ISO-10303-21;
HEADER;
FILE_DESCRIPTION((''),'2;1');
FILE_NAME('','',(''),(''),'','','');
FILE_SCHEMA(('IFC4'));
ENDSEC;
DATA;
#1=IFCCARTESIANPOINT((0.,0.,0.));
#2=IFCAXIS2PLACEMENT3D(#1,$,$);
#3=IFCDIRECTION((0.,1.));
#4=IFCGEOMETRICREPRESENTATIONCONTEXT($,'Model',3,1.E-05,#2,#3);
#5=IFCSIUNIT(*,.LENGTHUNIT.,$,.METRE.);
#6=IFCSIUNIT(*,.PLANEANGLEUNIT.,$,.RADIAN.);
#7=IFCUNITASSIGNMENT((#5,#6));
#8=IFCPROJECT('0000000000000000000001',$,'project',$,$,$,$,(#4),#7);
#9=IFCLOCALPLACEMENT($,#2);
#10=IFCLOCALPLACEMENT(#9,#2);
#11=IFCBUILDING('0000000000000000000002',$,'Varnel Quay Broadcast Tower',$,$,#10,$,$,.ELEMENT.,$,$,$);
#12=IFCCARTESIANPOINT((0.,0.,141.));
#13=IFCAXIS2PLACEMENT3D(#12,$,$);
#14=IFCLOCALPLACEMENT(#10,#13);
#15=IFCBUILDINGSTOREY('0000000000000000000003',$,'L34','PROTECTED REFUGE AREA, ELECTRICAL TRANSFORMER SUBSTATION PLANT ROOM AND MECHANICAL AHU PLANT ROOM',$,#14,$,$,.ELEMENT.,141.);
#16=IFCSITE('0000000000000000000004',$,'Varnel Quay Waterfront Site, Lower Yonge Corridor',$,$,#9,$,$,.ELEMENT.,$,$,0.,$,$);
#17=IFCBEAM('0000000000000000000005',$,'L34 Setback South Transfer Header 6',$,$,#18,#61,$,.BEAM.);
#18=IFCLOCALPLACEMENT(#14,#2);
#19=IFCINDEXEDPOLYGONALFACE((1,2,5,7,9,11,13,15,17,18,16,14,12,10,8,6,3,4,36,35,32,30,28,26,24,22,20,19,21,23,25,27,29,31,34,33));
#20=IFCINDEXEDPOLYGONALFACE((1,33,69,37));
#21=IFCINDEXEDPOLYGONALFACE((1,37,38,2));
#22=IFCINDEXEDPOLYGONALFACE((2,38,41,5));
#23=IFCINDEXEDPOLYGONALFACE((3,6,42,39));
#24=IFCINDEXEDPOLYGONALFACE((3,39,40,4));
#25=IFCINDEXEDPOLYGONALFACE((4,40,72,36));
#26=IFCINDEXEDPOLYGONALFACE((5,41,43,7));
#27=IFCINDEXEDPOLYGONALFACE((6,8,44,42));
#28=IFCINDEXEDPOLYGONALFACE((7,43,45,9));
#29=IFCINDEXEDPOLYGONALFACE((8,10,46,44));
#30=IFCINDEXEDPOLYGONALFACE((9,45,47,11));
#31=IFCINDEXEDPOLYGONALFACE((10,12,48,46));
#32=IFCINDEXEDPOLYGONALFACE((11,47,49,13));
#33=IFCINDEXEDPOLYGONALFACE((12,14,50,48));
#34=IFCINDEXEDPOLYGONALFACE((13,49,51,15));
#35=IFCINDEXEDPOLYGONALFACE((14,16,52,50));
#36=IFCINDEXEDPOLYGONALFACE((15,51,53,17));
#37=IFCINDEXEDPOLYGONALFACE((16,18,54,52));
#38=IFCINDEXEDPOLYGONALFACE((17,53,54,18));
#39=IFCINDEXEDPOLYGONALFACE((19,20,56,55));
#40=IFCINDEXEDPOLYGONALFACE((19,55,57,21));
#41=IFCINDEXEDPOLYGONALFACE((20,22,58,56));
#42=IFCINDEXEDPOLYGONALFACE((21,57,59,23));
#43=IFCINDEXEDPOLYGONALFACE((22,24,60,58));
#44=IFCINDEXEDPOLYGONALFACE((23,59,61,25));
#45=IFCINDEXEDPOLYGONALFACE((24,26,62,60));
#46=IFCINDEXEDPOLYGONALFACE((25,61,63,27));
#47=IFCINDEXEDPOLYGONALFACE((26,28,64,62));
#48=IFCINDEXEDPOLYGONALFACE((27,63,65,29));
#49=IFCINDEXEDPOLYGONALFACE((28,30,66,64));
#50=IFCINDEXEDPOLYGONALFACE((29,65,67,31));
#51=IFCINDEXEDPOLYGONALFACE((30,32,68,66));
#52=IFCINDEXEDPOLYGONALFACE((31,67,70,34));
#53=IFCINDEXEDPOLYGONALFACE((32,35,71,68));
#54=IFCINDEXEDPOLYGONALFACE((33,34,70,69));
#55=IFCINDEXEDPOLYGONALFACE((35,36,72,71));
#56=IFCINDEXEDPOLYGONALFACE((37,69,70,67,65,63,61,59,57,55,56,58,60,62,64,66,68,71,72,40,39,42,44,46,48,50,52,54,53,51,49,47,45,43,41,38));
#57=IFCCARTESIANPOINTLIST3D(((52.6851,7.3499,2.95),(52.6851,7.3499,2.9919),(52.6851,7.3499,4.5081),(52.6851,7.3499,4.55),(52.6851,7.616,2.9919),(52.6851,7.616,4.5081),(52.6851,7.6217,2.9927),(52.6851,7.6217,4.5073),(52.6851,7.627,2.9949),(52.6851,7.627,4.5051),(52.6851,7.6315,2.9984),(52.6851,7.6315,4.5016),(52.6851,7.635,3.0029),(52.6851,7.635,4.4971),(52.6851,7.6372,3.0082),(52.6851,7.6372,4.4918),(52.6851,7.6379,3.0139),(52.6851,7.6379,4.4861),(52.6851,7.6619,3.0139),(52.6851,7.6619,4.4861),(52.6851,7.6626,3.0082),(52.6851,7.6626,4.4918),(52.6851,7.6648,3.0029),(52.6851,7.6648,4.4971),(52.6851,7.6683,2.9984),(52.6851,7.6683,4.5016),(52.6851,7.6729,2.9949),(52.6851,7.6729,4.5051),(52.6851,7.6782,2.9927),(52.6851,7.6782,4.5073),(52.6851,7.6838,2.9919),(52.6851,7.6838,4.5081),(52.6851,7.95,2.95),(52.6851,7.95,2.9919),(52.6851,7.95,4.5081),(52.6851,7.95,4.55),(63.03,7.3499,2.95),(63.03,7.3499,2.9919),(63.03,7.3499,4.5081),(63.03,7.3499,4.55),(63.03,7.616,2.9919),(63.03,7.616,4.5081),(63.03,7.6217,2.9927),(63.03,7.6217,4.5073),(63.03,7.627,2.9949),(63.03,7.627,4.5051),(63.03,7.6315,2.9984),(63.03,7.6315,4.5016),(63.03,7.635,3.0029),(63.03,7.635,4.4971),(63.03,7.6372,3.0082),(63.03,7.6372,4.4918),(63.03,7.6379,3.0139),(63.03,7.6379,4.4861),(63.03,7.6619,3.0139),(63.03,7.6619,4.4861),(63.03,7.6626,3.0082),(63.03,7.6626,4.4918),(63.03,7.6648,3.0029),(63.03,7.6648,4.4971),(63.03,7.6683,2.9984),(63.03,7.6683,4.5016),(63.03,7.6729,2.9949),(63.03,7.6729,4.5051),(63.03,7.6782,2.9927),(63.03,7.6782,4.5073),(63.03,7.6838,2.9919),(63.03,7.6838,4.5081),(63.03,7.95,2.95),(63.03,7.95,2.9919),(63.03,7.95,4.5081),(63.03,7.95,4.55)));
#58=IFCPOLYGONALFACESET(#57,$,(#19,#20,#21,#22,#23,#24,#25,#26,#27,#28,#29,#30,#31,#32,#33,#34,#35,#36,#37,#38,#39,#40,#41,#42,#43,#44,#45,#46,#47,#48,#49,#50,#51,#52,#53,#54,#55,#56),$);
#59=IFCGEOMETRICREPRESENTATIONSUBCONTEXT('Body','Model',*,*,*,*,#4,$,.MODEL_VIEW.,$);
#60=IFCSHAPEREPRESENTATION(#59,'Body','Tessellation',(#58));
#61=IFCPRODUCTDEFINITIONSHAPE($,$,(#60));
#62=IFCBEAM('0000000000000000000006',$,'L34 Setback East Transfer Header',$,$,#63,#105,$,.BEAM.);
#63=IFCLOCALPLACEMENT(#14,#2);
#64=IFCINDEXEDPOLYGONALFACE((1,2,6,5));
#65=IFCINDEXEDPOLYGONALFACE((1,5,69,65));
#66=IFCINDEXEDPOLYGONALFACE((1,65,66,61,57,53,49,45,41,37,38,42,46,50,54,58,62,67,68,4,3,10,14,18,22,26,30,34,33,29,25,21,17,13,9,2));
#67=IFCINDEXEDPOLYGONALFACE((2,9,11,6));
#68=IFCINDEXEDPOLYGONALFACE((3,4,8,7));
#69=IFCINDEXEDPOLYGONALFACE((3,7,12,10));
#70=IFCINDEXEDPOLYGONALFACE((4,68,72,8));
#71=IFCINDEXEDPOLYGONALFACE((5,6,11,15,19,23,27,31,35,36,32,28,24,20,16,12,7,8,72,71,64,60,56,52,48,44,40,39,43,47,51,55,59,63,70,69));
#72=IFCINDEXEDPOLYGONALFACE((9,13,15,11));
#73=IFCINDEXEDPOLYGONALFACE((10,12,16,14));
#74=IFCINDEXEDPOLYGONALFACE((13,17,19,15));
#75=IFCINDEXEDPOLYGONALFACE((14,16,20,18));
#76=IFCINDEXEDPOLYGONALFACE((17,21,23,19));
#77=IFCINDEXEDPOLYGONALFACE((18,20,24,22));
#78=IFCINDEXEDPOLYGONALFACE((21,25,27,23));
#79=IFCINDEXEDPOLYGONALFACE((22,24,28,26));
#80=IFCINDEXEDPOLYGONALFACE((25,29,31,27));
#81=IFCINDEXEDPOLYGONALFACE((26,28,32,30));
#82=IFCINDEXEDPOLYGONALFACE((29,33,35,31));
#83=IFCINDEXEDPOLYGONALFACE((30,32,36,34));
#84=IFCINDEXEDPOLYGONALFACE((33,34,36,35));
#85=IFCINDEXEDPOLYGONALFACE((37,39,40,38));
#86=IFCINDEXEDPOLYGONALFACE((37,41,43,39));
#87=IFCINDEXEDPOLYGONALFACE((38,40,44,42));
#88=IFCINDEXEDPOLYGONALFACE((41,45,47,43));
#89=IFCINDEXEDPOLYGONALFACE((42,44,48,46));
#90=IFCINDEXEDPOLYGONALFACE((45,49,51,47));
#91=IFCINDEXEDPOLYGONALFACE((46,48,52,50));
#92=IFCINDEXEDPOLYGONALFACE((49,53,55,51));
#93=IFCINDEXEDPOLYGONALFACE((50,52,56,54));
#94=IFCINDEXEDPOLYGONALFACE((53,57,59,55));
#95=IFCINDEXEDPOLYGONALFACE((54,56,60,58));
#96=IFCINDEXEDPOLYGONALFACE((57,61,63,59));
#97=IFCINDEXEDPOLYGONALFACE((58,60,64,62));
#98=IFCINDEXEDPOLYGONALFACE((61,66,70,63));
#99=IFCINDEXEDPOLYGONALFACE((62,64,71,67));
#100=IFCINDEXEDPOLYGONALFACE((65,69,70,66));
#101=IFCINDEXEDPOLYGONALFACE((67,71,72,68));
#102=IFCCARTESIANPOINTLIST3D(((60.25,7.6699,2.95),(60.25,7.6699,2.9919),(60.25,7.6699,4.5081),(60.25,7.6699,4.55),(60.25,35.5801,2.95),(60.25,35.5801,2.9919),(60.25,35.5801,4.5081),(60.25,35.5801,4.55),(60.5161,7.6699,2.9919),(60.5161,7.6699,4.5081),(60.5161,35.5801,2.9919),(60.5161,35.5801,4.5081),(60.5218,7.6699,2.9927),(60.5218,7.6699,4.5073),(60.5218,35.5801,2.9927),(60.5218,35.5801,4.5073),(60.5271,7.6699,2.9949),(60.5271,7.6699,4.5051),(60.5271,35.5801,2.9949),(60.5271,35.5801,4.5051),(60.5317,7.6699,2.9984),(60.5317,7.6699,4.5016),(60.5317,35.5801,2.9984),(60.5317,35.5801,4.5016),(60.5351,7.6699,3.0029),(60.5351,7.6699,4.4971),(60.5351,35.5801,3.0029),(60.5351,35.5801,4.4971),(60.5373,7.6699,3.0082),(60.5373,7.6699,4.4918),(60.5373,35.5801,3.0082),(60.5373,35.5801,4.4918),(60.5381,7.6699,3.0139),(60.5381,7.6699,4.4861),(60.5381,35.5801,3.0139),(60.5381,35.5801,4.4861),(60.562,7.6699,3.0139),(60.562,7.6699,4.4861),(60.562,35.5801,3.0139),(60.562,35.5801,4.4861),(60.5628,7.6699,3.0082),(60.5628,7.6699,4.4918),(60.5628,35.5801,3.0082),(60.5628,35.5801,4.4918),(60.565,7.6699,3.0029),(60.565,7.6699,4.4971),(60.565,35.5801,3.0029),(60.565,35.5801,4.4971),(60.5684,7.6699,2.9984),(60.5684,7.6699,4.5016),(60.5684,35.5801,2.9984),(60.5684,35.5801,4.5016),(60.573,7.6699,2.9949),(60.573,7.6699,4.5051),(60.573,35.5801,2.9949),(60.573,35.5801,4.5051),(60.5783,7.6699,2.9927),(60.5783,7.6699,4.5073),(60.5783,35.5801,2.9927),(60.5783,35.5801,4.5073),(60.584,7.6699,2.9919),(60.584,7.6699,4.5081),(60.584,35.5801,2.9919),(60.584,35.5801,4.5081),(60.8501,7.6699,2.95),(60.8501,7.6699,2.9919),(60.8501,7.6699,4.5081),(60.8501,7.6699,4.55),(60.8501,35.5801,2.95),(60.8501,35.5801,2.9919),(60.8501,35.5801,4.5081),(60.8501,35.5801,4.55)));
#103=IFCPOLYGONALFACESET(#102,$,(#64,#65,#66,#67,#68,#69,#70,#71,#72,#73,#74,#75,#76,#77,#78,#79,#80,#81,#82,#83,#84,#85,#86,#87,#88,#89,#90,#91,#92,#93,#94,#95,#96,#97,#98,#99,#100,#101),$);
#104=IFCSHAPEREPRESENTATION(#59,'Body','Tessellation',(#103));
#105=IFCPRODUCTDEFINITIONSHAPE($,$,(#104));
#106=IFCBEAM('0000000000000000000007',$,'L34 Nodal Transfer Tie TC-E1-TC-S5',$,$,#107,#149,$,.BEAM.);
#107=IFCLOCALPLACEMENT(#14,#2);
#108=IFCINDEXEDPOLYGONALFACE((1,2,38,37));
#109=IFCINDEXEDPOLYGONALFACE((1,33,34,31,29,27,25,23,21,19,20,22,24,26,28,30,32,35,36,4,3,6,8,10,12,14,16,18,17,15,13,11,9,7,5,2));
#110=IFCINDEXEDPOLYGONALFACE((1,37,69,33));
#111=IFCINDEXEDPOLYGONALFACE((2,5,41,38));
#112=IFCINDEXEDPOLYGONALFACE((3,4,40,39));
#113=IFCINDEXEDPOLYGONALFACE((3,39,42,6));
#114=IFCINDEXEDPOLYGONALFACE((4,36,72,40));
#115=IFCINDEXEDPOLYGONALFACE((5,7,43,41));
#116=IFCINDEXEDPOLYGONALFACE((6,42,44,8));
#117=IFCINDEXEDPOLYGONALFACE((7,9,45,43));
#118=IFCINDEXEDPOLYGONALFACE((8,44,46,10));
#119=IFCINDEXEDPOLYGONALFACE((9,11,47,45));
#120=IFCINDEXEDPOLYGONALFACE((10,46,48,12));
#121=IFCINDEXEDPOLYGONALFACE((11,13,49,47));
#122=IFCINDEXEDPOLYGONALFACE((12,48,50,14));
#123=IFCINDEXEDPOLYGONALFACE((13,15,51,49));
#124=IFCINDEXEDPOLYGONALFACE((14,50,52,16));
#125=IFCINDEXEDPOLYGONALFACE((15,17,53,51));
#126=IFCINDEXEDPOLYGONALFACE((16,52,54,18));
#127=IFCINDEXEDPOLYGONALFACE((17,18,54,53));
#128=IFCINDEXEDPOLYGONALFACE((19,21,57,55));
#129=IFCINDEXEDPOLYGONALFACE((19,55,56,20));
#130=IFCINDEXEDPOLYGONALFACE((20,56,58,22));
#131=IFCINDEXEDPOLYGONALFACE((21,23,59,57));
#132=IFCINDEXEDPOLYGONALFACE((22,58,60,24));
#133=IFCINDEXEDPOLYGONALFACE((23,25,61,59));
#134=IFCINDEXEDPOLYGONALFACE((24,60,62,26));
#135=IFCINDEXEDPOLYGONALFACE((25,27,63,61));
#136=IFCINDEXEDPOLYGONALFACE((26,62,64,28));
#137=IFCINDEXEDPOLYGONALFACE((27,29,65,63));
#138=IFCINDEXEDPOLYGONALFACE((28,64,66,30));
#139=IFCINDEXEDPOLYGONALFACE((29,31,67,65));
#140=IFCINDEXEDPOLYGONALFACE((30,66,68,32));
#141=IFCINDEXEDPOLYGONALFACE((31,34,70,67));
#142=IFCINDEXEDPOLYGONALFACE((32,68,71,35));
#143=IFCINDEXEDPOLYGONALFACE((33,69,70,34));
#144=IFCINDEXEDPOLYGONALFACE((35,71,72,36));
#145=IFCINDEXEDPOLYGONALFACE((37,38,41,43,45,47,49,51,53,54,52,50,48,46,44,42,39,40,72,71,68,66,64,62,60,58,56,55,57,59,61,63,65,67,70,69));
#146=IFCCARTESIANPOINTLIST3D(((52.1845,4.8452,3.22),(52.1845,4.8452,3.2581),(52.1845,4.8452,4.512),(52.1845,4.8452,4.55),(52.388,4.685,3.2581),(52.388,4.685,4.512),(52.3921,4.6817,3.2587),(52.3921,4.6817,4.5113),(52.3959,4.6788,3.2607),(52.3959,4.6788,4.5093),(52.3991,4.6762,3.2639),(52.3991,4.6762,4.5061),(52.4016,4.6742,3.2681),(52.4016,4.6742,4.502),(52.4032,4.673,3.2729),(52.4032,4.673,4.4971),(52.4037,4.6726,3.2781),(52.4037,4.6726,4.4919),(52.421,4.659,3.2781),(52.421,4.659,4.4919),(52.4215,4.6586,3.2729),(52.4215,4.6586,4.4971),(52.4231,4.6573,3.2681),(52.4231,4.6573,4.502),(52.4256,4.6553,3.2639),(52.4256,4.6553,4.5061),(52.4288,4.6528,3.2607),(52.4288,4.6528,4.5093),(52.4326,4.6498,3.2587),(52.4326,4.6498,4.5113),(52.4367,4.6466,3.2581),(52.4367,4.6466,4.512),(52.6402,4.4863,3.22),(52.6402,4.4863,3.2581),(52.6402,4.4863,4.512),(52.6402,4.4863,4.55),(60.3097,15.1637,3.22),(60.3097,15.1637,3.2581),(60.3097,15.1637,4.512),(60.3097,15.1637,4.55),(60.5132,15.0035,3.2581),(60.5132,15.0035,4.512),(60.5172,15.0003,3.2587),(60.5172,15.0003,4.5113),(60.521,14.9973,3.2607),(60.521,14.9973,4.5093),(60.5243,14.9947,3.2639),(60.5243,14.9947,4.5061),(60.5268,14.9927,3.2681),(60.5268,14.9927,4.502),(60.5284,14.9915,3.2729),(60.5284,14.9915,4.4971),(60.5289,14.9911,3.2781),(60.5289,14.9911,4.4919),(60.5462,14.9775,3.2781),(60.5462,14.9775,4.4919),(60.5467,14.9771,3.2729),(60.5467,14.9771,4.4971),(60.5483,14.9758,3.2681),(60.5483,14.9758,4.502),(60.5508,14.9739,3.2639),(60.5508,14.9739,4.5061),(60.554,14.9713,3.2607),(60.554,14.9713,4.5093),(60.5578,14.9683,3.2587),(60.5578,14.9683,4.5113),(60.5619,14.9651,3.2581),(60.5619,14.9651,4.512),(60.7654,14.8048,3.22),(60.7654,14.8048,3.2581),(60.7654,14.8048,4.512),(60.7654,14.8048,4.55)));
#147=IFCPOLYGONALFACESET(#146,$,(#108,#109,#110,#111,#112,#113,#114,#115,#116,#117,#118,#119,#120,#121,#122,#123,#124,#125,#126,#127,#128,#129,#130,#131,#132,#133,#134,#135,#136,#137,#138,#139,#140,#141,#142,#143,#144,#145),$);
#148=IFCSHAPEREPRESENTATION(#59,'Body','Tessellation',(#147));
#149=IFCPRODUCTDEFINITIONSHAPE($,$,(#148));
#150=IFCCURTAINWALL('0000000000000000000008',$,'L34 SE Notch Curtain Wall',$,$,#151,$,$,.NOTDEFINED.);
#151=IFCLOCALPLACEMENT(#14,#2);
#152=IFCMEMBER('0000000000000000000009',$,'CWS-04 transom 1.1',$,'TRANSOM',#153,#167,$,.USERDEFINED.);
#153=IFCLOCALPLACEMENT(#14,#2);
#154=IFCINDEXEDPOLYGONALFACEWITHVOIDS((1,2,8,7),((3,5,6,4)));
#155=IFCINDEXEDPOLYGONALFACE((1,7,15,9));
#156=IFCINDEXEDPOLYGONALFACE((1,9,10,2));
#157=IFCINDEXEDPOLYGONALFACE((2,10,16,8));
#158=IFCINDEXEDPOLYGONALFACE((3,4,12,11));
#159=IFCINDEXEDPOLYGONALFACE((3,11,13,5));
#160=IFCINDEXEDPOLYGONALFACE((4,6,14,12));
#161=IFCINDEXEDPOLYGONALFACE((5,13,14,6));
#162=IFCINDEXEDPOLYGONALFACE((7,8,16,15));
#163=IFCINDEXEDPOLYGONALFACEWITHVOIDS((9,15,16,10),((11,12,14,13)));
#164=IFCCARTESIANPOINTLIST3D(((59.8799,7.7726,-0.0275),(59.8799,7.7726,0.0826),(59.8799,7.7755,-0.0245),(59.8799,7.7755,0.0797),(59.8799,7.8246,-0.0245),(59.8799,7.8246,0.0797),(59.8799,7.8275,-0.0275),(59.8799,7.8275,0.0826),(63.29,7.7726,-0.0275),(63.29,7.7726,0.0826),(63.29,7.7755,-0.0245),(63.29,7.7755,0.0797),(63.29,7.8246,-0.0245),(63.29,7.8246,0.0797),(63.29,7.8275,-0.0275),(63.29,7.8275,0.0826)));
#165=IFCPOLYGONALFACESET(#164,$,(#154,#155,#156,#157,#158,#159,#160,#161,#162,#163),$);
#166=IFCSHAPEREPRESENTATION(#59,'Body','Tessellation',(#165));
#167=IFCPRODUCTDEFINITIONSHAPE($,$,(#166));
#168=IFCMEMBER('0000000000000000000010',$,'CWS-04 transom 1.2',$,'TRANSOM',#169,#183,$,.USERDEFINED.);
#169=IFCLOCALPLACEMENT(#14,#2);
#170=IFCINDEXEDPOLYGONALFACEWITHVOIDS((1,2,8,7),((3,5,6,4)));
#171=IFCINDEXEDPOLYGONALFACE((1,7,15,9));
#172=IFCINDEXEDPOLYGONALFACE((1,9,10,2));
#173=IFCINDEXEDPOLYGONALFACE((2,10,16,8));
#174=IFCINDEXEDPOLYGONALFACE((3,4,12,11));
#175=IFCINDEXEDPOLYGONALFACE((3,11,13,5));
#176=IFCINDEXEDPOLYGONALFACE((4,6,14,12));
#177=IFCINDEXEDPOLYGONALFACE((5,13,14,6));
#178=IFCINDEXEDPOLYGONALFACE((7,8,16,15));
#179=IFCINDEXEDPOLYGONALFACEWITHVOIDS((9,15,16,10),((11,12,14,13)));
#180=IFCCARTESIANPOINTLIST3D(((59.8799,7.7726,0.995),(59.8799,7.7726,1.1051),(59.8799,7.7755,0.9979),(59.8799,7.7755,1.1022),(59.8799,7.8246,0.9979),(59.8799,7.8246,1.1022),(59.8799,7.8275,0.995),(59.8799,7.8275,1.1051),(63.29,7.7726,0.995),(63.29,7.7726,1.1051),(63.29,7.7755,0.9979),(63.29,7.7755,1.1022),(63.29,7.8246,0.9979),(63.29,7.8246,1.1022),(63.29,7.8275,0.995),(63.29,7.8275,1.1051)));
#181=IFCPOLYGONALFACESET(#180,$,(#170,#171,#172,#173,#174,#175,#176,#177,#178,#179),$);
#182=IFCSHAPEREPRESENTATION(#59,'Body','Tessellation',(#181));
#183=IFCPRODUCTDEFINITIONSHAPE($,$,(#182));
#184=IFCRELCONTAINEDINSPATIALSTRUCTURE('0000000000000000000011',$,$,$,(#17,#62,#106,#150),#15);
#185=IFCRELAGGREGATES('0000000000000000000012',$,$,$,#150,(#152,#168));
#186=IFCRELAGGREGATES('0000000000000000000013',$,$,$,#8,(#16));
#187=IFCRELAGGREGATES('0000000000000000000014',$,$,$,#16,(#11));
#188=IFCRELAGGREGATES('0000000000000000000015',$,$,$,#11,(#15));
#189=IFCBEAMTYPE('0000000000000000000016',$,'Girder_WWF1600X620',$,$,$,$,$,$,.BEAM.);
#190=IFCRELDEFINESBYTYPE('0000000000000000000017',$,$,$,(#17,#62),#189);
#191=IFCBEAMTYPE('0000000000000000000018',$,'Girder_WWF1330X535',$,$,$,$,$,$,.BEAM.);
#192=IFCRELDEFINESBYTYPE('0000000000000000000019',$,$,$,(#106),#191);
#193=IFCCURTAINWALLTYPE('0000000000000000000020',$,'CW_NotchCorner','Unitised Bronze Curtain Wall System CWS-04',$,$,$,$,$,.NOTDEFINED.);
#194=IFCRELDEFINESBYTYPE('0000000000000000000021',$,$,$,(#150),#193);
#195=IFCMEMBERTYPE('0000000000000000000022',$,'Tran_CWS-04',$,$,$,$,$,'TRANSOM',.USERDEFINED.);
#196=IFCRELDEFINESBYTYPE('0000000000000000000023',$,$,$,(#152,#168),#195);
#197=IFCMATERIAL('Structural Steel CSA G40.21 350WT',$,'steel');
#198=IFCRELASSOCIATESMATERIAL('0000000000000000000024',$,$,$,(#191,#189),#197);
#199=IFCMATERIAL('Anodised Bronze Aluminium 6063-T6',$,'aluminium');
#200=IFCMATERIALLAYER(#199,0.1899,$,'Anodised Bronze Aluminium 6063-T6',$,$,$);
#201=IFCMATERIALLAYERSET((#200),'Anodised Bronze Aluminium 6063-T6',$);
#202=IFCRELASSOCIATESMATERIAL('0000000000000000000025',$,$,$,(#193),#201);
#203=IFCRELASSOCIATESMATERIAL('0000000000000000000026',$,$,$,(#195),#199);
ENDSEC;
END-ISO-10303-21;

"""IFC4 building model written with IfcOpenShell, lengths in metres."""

from ifc_helpers import new_model, si_unit, direction, frame, origin, origin_2d, place, context, subcontext, project, spatial, hollow_rectangle, i_section, extrude, source, transform, mapped, material, layer, layer_set, material_profile, profile_set, type_object, type_shapes, element, aggregate, save


model = new_model("IFC4")

# Units and contexts
model_context = context("Model", 3, precision=1e-05, world=origin(), true_north=direction((0.0, 1.0)))
body_context = subcontext(model_context, "Body", "Model", "MODEL_VIEW")
ifc_project = project(units=[si_unit("LENGTHUNIT", "METRE"), si_unit("PLANEANGLEUNIT", "RADIAN")], contexts=[model_context])

# Site, building, storey
site_placement = place(None, origin())
site = spatial("IfcSite", under=ifc_project, at=site_placement, Name="Varnel Quay Waterfront Site, Lower Yonge Corridor", CompositionType="ELEMENT", RefElevation=0.0)
building_placement = place(site_placement, origin())
building = spatial("IfcBuilding", under=site, at=building_placement, Name="Varnel Quay Broadcast Tower", CompositionType="ELEMENT")
storey_placement = place(building_placement, frame((0.0, 0.0, 141.0)))
storey = spatial("IfcBuildingStorey", under=building, at=storey_placement, Name="L34", Description="PROTECTED REFUGE AREA, ELECTRICAL TRANSFORMER SUBSTATION PLANT ROOM AND MECHANICAL AHU PLANT ROOM", CompositionType="ELEMENT", Elevation=141.0)

# Shared definitions
ifc_material_1 = material(Name="Structural Steel CSA G40.21 350WT", Category="steel")

# Beams
ifc_material_profile_1 = material_profile(ifc_material_1, i_section(OverallWidth=0.5801, OverallDepth=1.3301, WebThickness=0.022, FlangeThickness=0.0381, FilletRadius=0.02, at=origin_2d()), Name="WWF1330X535")
ifc_profile_set_1 = profile_set([ifc_material_profile_1], Name="Structural Steel CSA G40.21 350WT")
beam_type_1 = type_object("IfcBeamType", Name="Girder_WWF1330X535", PredefinedType="BEAM", material=ifc_profile_set_1)
ifc_material_profile_2 = material_profile(ifc_material_1, i_section(OverallWidth=0.6001, OverallDepth=1.6001, WebThickness=0.0239, FlangeThickness=0.042, FilletRadius=0.022, at=origin_2d()), Name="WWF1600X620")
ifc_profile_set_2 = profile_set([ifc_material_profile_2], Name="Structural Steel CSA G40.21 350WT")
beam_type_2 = type_object("IfcBeamType", Name="Girder_WWF1600X620", PredefinedType="BEAM", material=ifc_profile_set_2)
shared_shape_1 = source(origin(), body_context, "Body", "SweptSolid", [
    extrude(i_section(OverallWidth=0.6001, OverallDepth=1.6001, WebThickness=0.0239, FlangeThickness=0.042, FilletRadius=0.022, at=origin_2d()), origin(), (0.0, 0.0, 1.0), 10.345),
])
beam_1_placement = place(storey_placement, frame((52.6851, 7.6499, 3.75), z_axis=(1.0, 0.0, 0.0), x_axis=(0.0, 1.0, 0.0)))
element("IfcBeam", 1, at=beam_1_placement, inside=storey, type_object=beam_type_2, Name="L34 Setback South Transfer Header 6", PredefinedType="BEAM", context=body_context, shape_type="MappedRepresentation", body=[
    mapped(shared_shape_1, transform((0.0, 0.0, 0.0), x_axis=(1.0, 0.0, 0.0), y_axis=(0.0, 1.0, 0.0), z_axis=(0.0, 0.0, 1.0), scale=1.0)),
])
shared_shape_2 = source(origin(), body_context, "Body", "SweptSolid", [
    extrude(i_section(OverallWidth=0.6001, OverallDepth=1.6001, WebThickness=0.0239, FlangeThickness=0.042, FilletRadius=0.022, at=origin_2d()), origin(), (0.0, 0.0, 1.0), 27.9102),
])
type_shapes(beam_type_2, [shared_shape_1, shared_shape_2])
beam_2_placement = place(storey_placement, frame((60.55, 7.6699, 3.75), z_axis=(0.0, 1.0, 0.0), x_axis=(-1.0, 0.0, 0.0)))
element("IfcBeam", 2, at=beam_2_placement, inside=storey, type_object=beam_type_2, Name="L34 Setback East Transfer Header", PredefinedType="BEAM", context=body_context, shape_type="MappedRepresentation", body=[
    mapped(shared_shape_2, transform((0.0, 0.0, 0.0), x_axis=(1.0, 0.0, 0.0), y_axis=(0.0, 1.0, 0.0), z_axis=(0.0, 0.0, 1.0), scale=1.0)),
])
shared_shape_3 = source(origin(), body_context, "Body", "SweptSolid", [
    extrude(i_section(OverallWidth=0.5801, OverallDepth=1.3301, WebThickness=0.022, FlangeThickness=0.0381, FilletRadius=0.02, at=origin_2d()), origin(), (0.0, 0.0, 1.0), 13.1335),
])
beam_3_placement = place(storey_placement, frame((52.4124, 4.6658, 3.885), z_axis=(0.618658, 0.785661, 0.0), x_axis=(-0.785661, 0.618658, 0.0)))
element("IfcBeam", 3, at=beam_3_placement, inside=storey, type_object=beam_type_1, Name="L34 Nodal Transfer Tie TC-E1-TC-S5", PredefinedType="BEAM", context=body_context, shape_type="MappedRepresentation", body=[
    mapped(shared_shape_3, transform((0.0, 0.0, 0.0), x_axis=(1.0, 0.0, 0.0), y_axis=(0.0, 1.0, 0.0), z_axis=(0.0, 0.0, 1.0), scale=1.0)),
])

# Curtain wall, members
ifc_material_2 = material(Name="Anodised Bronze Aluminium 6063-T6", Category="aluminium")
ifc_layer_1 = layer(ifc_material_2, 0.1899, Name="Anodised Bronze Aluminium 6063-T6")
ifc_layer_set_1 = layer_set([ifc_layer_1], Name="Anodised Bronze Aluminium 6063-T6")
curtain_wall_type_1 = type_object("IfcCurtainWallType", Name="CW_NotchCorner", Description="Unitised Bronze Curtain Wall System CWS-04", PredefinedType="NOTDEFINED", material=ifc_layer_set_1)
curtain_wall_1_placement = place(storey_placement, origin())
curtain_wall_1 = element("IfcCurtainWall", 4, at=curtain_wall_1_placement, inside=storey, type_object=curtain_wall_type_1, Name="L34 SE Notch Curtain Wall", PredefinedType="NOTDEFINED")
ifc_material_profile_3 = material_profile(ifc_material_2, hollow_rectangle(XDim=0.0549, YDim=0.1101, WallThickness=0.0029, at=origin_2d()), Name="ALU55X110X3")
ifc_profile_set_3 = profile_set([ifc_material_profile_3], Name="Anodised Bronze Aluminium 6063-T6")
member_type_1 = type_object("IfcMemberType", Name="Tran_CWS-04", ElementType="TRANSOM", PredefinedType="USERDEFINED", material=ifc_profile_set_3)
shared_shape_4 = source(origin(), body_context, "Body", "SweptSolid", [
    extrude(hollow_rectangle(XDim=0.0549, YDim=0.1101, WallThickness=0.0029, at=origin_2d()), origin(), (0.0, 0.0, 1.0), 3.4102),
])
type_shapes(member_type_1, [shared_shape_4])
member_1_placement = place(storey_placement, frame((59.8799, 7.8, 0.0276), z_axis=(1.0, 0.0, 0.0), x_axis=(0.0, 1.0, 0.0)))
member_1 = element("IfcMember", 5, at=member_1_placement, type_object=member_type_1, Name="CWS-04 transom 1.1", ObjectType="TRANSOM", PredefinedType="USERDEFINED", context=body_context, shape_type="MappedRepresentation", body=[
    mapped(shared_shape_4, transform((0.0, 0.0, 0.0), x_axis=(1.0, 0.0, 0.0), y_axis=(0.0, 1.0, 0.0), z_axis=(0.0, 0.0, 1.0), scale=1.0)),
])
member_2_placement = place(storey_placement, frame((59.8799, 7.8, 1.05), z_axis=(1.0, 0.0, 0.0), x_axis=(0.0, 1.0, 0.0)))
member_2 = element("IfcMember", 6, at=member_2_placement, type_object=member_type_1, Name="CWS-04 transom 1.2", ObjectType="TRANSOM", PredefinedType="USERDEFINED", context=body_context, shape_type="MappedRepresentation", body=[
    mapped(shared_shape_4, transform((0.0, 0.0, 0.0), x_axis=(1.0, 0.0, 0.0), y_axis=(0.0, 1.0, 0.0), z_axis=(0.0, 0.0, 1.0), scale=1.0)),
])

aggregate(curtain_wall_1, [member_1, member_2])

save(model, "model.ifc")
